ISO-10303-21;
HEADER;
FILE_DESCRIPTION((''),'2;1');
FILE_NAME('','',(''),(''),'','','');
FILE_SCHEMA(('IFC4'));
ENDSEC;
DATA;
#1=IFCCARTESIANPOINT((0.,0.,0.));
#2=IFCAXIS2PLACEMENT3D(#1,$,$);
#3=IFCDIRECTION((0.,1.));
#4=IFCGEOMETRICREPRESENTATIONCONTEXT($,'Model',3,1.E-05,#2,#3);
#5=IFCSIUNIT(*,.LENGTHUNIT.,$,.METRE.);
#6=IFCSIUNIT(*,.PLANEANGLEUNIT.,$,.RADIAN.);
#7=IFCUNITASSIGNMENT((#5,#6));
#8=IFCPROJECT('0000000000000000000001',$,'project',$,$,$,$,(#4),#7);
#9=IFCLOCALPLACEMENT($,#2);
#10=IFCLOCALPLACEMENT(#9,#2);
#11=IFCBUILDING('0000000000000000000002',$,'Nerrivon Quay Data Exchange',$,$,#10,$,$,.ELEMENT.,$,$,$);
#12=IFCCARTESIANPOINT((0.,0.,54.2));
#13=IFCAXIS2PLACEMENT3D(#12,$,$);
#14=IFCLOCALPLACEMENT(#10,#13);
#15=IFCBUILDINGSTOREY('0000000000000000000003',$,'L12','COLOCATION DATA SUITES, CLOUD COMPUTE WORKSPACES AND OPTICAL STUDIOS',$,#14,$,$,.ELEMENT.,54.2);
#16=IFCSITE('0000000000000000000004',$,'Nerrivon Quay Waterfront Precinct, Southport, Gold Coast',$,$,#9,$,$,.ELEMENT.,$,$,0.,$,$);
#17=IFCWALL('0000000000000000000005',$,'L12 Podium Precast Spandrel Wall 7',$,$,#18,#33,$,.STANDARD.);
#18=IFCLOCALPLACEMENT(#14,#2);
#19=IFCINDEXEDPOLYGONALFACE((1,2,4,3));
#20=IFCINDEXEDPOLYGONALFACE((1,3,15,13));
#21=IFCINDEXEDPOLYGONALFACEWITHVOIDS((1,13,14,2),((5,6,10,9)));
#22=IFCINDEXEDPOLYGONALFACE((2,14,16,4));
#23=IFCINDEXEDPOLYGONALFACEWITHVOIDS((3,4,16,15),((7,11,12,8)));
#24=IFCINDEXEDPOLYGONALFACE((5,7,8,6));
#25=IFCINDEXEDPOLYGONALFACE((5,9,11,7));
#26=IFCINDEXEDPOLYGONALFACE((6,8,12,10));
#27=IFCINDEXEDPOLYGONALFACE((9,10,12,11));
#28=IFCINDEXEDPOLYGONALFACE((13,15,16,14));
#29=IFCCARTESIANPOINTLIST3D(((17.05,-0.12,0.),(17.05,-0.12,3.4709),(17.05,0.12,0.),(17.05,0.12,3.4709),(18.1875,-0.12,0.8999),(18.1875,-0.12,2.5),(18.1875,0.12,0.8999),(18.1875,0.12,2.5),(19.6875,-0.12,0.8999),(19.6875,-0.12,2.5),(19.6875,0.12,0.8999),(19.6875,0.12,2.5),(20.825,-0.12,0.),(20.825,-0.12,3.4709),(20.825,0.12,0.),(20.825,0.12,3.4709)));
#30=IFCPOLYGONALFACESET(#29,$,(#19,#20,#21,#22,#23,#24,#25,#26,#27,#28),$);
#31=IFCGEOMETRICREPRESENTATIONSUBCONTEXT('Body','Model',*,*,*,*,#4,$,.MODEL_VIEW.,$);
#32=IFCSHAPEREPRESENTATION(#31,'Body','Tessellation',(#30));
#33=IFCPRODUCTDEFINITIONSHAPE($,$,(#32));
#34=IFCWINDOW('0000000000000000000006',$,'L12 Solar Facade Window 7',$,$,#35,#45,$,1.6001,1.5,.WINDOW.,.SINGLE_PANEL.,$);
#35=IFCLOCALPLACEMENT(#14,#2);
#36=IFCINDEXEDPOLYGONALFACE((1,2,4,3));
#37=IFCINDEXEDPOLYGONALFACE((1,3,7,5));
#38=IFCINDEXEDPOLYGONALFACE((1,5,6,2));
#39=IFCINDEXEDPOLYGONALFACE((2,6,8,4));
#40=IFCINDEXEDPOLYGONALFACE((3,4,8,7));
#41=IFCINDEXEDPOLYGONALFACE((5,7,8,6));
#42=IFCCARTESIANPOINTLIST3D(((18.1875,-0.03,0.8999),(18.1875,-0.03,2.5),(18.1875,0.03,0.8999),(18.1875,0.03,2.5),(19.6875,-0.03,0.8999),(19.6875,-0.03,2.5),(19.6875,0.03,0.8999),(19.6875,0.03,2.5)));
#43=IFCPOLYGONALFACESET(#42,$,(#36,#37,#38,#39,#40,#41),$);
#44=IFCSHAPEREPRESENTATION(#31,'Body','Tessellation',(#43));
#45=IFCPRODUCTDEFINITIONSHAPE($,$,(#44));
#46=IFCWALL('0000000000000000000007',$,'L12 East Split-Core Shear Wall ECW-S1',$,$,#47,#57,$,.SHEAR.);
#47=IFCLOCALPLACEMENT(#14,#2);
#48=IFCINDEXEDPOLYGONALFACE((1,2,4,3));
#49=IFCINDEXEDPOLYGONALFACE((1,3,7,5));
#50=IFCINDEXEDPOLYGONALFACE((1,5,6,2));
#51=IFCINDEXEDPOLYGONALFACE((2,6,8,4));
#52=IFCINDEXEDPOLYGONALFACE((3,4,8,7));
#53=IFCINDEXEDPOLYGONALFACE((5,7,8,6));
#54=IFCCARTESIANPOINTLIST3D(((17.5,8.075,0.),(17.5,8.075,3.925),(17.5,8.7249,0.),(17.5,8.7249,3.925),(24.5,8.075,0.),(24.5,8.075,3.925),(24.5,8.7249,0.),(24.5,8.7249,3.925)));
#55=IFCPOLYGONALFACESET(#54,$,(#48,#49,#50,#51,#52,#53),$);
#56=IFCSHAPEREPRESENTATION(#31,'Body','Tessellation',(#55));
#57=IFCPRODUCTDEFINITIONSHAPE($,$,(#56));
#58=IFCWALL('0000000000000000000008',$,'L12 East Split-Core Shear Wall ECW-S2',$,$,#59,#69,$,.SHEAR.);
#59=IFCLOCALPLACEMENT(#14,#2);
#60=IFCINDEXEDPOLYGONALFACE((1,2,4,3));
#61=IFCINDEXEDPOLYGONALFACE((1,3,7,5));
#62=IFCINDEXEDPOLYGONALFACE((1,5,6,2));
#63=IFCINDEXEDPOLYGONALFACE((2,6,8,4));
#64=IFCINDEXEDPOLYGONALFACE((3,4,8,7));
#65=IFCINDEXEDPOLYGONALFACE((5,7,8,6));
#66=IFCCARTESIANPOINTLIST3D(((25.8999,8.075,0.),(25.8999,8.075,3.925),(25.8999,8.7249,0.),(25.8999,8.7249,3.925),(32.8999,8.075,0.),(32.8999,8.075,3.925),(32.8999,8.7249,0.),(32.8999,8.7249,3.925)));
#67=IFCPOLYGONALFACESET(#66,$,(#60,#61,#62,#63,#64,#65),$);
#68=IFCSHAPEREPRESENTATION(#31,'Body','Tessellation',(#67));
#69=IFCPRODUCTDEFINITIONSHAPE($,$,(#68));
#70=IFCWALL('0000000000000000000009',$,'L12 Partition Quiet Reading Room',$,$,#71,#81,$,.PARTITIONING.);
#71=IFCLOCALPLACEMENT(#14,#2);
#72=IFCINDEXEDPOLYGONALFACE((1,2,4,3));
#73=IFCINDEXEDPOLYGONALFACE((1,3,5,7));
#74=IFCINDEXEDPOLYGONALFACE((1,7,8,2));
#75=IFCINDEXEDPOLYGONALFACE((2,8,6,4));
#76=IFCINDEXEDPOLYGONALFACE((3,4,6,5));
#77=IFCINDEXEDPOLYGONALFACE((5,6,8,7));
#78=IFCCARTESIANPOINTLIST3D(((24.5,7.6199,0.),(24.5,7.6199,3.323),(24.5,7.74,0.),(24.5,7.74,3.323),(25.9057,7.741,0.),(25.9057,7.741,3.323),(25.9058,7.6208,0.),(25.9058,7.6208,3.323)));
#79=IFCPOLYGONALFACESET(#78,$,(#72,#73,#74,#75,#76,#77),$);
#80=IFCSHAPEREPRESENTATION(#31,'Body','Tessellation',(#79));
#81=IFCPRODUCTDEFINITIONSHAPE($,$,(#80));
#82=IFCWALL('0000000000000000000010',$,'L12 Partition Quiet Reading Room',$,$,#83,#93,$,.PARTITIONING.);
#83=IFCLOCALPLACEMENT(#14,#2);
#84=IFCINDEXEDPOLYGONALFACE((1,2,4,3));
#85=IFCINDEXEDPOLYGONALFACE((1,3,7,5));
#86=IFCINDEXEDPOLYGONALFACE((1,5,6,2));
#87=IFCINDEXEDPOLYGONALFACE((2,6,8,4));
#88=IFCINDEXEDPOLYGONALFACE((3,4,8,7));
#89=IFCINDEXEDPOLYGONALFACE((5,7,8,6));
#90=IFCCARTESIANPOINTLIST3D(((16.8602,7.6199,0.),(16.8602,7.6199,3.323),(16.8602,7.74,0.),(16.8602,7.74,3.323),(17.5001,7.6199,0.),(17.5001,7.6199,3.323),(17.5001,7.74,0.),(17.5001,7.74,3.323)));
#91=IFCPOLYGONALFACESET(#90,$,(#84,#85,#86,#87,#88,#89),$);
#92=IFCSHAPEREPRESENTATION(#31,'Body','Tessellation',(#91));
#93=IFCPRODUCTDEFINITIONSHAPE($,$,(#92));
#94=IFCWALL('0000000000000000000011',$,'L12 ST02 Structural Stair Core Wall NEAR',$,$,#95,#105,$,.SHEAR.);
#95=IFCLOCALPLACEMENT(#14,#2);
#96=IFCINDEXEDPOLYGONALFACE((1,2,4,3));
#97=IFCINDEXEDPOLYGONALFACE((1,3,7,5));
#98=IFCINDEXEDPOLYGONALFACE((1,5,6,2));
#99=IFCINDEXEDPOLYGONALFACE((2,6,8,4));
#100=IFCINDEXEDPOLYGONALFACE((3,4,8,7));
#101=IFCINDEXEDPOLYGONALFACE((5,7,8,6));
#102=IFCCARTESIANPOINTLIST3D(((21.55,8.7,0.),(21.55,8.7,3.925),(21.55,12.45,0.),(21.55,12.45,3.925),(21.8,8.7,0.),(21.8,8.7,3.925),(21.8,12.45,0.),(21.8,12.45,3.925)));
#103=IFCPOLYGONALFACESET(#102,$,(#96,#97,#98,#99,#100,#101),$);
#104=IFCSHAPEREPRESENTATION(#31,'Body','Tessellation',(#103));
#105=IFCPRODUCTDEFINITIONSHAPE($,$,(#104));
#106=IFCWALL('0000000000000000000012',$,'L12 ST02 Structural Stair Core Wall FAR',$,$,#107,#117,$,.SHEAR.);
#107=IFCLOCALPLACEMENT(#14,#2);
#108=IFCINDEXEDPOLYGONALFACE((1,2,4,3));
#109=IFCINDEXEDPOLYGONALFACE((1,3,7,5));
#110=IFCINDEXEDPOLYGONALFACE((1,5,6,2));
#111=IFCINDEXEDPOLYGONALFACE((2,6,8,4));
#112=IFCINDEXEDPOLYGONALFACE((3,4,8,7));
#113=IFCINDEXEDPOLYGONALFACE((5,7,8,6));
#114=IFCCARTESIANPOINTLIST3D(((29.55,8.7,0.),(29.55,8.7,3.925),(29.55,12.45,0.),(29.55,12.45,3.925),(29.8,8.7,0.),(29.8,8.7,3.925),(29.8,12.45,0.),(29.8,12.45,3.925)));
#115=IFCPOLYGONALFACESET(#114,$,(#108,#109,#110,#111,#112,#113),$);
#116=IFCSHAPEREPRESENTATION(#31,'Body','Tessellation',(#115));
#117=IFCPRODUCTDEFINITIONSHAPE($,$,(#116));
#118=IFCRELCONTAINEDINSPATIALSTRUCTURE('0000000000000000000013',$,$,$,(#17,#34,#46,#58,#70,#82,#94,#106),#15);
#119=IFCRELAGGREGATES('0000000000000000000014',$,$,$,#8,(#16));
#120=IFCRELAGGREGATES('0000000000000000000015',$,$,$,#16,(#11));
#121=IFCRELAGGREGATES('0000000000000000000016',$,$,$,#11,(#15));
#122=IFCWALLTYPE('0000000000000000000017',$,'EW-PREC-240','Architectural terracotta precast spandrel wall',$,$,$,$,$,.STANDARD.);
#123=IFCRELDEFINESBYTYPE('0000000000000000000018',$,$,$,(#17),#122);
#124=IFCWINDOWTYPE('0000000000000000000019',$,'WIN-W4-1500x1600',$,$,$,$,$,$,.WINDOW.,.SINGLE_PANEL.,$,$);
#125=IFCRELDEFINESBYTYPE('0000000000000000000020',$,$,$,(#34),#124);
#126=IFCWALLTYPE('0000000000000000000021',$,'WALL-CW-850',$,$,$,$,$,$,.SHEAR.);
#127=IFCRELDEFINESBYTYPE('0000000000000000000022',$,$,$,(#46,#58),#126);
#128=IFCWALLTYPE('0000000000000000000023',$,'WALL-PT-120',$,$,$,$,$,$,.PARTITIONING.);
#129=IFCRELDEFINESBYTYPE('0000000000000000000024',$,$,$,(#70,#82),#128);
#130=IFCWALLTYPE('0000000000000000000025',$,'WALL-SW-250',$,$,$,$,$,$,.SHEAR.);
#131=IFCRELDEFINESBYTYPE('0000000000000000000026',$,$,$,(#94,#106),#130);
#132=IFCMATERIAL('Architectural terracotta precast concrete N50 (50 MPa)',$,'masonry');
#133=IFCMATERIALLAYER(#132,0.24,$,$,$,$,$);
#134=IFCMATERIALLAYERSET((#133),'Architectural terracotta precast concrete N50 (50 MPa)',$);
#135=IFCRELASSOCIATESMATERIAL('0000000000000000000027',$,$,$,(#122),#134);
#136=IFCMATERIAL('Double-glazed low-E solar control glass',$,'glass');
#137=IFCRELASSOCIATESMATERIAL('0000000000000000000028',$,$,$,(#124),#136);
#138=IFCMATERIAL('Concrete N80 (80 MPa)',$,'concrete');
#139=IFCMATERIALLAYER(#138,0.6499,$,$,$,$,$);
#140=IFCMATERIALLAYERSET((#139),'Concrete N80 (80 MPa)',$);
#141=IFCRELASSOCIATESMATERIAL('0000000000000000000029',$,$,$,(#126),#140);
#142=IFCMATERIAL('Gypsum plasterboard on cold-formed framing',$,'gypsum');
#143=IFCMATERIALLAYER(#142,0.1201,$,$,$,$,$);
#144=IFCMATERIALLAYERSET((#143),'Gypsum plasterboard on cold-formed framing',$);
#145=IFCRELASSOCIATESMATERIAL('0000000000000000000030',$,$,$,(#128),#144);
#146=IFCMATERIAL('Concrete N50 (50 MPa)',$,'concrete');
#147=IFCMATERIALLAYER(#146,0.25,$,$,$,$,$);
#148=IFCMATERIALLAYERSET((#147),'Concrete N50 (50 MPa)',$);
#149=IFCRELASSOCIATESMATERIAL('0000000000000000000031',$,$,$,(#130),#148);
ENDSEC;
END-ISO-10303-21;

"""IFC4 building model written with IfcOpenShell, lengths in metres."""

from ifc_helpers import new_model, si_unit, direction, frame, frame_2d, origin, place, context, subcontext, project, spatial, rectangle, extrude, material, layer, layer_set, type_object, element, fill, save


model = new_model("IFC4")

# Units and contexts
model_context = context("Model", 3, precision=1e-05, world=origin(), true_north=direction((0.0, 1.0)))
body_context = subcontext(model_context, "Body", "Model", "MODEL_VIEW")
ifc_project = project(units=[si_unit("LENGTHUNIT", "METRE"), si_unit("PLANEANGLEUNIT", "RADIAN")], contexts=[model_context])

# Site, building, storey
site_placement = place(None, origin())
site = spatial("IfcSite", under=ifc_project, at=site_placement, Name="Nerrivon Quay Waterfront Precinct, Southport, Gold Coast", CompositionType="ELEMENT", RefElevation=0.0)
building_placement = place(site_placement, origin())
building = spatial("IfcBuilding", under=site, at=building_placement, Name="Nerrivon Quay Data Exchange", CompositionType="ELEMENT")
storey_placement = place(building_placement, frame((0.0, 0.0, 54.2)))
storey = spatial("IfcBuildingStorey", under=building, at=storey_placement, Name="L12", Description="COLOCATION DATA SUITES, CLOUD COMPUTE WORKSPACES AND OPTICAL STUDIOS", CompositionType="ELEMENT", Elevation=54.2)

# Shared definitions
ifc_material_1 = material(Name="Concrete N80 (80 MPa)", Category="concrete")
ifc_material_2 = material(Name="Concrete N50 (50 MPa)", Category="concrete")

# Shared definitions
ifc_material_3 = material(Name="Double-glazed low-E solar control glass", Category="glass")

# Wall, opening, window
ifc_material_4 = material(Name="Architectural terracotta precast concrete N50 (50 MPa)", Category="masonry")
ifc_layer_1 = layer(ifc_material_4, 0.24)
ifc_layer_set_1 = layer_set([ifc_layer_1], Name="Architectural terracotta precast concrete N50 (50 MPa)")
wall_type_1 = type_object("IfcWallType", Name="EW-PREC-240", Description="Architectural terracotta precast spandrel wall", PredefinedType="STANDARD", material=ifc_layer_set_1)
window_type = type_object("IfcWindowType", Name="WIN-W4-1500x1600", PartitioningType="SINGLE_PANEL", PredefinedType="WINDOW", material=ifc_material_3)
wall_1_placement = place(storey_placement, frame((20.825, 0.0, 0.0), z_axis=(0.0, 0.0, 1.0), x_axis=(-1.0, 0.0, 0.0)))
wall_1 = element("IfcWall", 1, at=wall_1_placement, inside=storey, type_object=wall_type_1, Name="L12 Podium Precast Spandrel Wall 7", PredefinedType="STANDARD", context=body_context, shape_type="SweptSolid", body=[
    extrude(rectangle(XDim=3.7749, YDim=0.24, at=frame_2d((1.8875, 0.0))), origin(), (0.0, 0.0, 1.0), 3.4709),
])
opening_1_placement = place(wall_1_placement, frame((1.1375, 0.0, 0.8999)))
opening_1 = element("IfcOpeningElement", 2, at=opening_1_placement, cuts=wall_1, PredefinedType="OPENING", context=body_context, shape_type="SweptSolid", body=[
    extrude(rectangle(XDim=1.5, YDim=1.6001, at=frame_2d((0.75, 0.8))), frame((0.0, 0.1299, 0.0), z_axis=(0.0, -1.0, 0.0), x_axis=(1.0, 0.0, 0.0)), (0.0, 0.0, 1.0), 0.26),
])
window_1_placement = place(opening_1_placement, origin())
window_1 = element("IfcWindow", 3, at=window_1_placement, inside=storey, type_object=window_type, Name="L12 Solar Facade Window 7", OverallHeight=1.6001, OverallWidth=1.5, PartitioningType="SINGLE_PANEL", PredefinedType="WINDOW", context=body_context, shape_type="SweptSolid", body=[
    extrude(rectangle(XDim=1.5, YDim=1.6001, at=frame_2d((0.75, 0.8))), frame((0.0, 0.03, 0.0), z_axis=(0.0, -1.0, 0.0), x_axis=(1.0, 0.0, 0.0)), (0.0, 0.0, 1.0), 0.0601),
])
fill(opening_1, window_1)

# Walls
ifc_layer_2 = layer(ifc_material_1, 0.6499)
ifc_layer_set_2 = layer_set([ifc_layer_2], Name="Concrete N80 (80 MPa)")
wall_type_2 = type_object("IfcWallType", Name="WALL-CW-850", PredefinedType="SHEAR", material=ifc_layer_set_2)
for number, where, z_axis, x_axis, name in (
    (4, (17.5, 8.3999, 0.0), (0.0, 0.0, 1.0), (1.0, 0.0, 0.0), "L12 East Split-Core Shear Wall ECW-S1"),
    (5, (25.8999, 8.3999, 0.0), (0.0, 0.0, 1.0), (1.0, 0.0, 0.0), "L12 East Split-Core Shear Wall ECW-S2"),
):
    element("IfcWall", number, at=place(storey_placement, frame(where, z_axis=z_axis, x_axis=x_axis)), inside=storey, type_object=wall_type_2, Name=name, PredefinedType="SHEAR", context=body_context, shape_type="SweptSolid", body=[
        extrude(rectangle(XDim=7.0, YDim=0.6499, at=frame_2d((3.5, 0.0))), origin(), (0.0, 0.0, 1.0), 3.925),
    ])
ifc_material_5 = material(Name="Gypsum plasterboard on cold-formed framing", Category="gypsum")
ifc_layer_3 = layer(ifc_material_5, 0.1201)
ifc_layer_set_3 = layer_set([ifc_layer_3], Name="Gypsum plasterboard on cold-formed framing")
wall_type_3 = type_object("IfcWallType", Name="WALL-PT-120", PredefinedType="PARTITIONING", material=ifc_layer_set_3)
wall_2_placement = place(storey_placement, frame((25.9058, 7.6809, 0.0), z_axis=(0.0, 0.0, 1.0), x_axis=(-1.0, -0.000695, 0.0)))
element("IfcWall", 6, at=wall_2_placement, inside=storey, type_object=wall_type_3, Name="L12 Partition Quiet Reading Room", PredefinedType="PARTITIONING", context=body_context, shape_type="SweptSolid", body=[
    extrude(rectangle(XDim=1.4058, YDim=0.1201, at=frame_2d((0.7029, 0.0))), origin(), (0.0, 0.0, 1.0), 3.323),
])
wall_3_placement = place(storey_placement, frame((17.5, 7.6799, 0.0), z_axis=(0.0, 0.0, 1.0), x_axis=(-1.0, 0.0, 0.0)))
element("IfcWall", 7, at=wall_3_placement, inside=storey, type_object=wall_type_3, Name="L12 Partition Quiet Reading Room", PredefinedType="PARTITIONING", context=body_context, shape_type="SweptSolid", body=[
    extrude(rectangle(XDim=0.6399, YDim=0.1201, at=frame_2d((0.3198, 0.0))), origin(), (0.0, 0.0, 1.0), 3.323),
])

# Walls
ifc_layer_4 = layer(ifc_material_2, 0.25)
ifc_layer_set_4 = layer_set([ifc_layer_4], Name="Concrete N50 (50 MPa)")
wall_type_4 = type_object("IfcWallType", Name="WALL-SW-250", PredefinedType="SHEAR", material=ifc_layer_set_4)
for number, where, z_axis, x_axis, name in (
    (8, (21.675, 8.7, 0.0), (0.0, 0.0, 1.0), (0.0, 1.0, 0.0), "L12 ST02 Structural Stair Core Wall NEAR"),
    (9, (29.675, 8.7, 0.0), (0.0, 0.0, 1.0), (0.0, 1.0, 0.0), "L12 ST02 Structural Stair Core Wall FAR"),
):
    element("IfcWall", number, at=place(storey_placement, frame(where, z_axis=z_axis, x_axis=x_axis)), inside=storey, type_object=wall_type_4, Name=name, PredefinedType="SHEAR", context=body_context, shape_type="SweptSolid", body=[
        extrude(rectangle(XDim=3.75, YDim=0.25, at=frame_2d((1.875, 0.0))), origin(), (0.0, 0.0, 1.0), 3.925),
    ])

save(model, "model.ifc")
